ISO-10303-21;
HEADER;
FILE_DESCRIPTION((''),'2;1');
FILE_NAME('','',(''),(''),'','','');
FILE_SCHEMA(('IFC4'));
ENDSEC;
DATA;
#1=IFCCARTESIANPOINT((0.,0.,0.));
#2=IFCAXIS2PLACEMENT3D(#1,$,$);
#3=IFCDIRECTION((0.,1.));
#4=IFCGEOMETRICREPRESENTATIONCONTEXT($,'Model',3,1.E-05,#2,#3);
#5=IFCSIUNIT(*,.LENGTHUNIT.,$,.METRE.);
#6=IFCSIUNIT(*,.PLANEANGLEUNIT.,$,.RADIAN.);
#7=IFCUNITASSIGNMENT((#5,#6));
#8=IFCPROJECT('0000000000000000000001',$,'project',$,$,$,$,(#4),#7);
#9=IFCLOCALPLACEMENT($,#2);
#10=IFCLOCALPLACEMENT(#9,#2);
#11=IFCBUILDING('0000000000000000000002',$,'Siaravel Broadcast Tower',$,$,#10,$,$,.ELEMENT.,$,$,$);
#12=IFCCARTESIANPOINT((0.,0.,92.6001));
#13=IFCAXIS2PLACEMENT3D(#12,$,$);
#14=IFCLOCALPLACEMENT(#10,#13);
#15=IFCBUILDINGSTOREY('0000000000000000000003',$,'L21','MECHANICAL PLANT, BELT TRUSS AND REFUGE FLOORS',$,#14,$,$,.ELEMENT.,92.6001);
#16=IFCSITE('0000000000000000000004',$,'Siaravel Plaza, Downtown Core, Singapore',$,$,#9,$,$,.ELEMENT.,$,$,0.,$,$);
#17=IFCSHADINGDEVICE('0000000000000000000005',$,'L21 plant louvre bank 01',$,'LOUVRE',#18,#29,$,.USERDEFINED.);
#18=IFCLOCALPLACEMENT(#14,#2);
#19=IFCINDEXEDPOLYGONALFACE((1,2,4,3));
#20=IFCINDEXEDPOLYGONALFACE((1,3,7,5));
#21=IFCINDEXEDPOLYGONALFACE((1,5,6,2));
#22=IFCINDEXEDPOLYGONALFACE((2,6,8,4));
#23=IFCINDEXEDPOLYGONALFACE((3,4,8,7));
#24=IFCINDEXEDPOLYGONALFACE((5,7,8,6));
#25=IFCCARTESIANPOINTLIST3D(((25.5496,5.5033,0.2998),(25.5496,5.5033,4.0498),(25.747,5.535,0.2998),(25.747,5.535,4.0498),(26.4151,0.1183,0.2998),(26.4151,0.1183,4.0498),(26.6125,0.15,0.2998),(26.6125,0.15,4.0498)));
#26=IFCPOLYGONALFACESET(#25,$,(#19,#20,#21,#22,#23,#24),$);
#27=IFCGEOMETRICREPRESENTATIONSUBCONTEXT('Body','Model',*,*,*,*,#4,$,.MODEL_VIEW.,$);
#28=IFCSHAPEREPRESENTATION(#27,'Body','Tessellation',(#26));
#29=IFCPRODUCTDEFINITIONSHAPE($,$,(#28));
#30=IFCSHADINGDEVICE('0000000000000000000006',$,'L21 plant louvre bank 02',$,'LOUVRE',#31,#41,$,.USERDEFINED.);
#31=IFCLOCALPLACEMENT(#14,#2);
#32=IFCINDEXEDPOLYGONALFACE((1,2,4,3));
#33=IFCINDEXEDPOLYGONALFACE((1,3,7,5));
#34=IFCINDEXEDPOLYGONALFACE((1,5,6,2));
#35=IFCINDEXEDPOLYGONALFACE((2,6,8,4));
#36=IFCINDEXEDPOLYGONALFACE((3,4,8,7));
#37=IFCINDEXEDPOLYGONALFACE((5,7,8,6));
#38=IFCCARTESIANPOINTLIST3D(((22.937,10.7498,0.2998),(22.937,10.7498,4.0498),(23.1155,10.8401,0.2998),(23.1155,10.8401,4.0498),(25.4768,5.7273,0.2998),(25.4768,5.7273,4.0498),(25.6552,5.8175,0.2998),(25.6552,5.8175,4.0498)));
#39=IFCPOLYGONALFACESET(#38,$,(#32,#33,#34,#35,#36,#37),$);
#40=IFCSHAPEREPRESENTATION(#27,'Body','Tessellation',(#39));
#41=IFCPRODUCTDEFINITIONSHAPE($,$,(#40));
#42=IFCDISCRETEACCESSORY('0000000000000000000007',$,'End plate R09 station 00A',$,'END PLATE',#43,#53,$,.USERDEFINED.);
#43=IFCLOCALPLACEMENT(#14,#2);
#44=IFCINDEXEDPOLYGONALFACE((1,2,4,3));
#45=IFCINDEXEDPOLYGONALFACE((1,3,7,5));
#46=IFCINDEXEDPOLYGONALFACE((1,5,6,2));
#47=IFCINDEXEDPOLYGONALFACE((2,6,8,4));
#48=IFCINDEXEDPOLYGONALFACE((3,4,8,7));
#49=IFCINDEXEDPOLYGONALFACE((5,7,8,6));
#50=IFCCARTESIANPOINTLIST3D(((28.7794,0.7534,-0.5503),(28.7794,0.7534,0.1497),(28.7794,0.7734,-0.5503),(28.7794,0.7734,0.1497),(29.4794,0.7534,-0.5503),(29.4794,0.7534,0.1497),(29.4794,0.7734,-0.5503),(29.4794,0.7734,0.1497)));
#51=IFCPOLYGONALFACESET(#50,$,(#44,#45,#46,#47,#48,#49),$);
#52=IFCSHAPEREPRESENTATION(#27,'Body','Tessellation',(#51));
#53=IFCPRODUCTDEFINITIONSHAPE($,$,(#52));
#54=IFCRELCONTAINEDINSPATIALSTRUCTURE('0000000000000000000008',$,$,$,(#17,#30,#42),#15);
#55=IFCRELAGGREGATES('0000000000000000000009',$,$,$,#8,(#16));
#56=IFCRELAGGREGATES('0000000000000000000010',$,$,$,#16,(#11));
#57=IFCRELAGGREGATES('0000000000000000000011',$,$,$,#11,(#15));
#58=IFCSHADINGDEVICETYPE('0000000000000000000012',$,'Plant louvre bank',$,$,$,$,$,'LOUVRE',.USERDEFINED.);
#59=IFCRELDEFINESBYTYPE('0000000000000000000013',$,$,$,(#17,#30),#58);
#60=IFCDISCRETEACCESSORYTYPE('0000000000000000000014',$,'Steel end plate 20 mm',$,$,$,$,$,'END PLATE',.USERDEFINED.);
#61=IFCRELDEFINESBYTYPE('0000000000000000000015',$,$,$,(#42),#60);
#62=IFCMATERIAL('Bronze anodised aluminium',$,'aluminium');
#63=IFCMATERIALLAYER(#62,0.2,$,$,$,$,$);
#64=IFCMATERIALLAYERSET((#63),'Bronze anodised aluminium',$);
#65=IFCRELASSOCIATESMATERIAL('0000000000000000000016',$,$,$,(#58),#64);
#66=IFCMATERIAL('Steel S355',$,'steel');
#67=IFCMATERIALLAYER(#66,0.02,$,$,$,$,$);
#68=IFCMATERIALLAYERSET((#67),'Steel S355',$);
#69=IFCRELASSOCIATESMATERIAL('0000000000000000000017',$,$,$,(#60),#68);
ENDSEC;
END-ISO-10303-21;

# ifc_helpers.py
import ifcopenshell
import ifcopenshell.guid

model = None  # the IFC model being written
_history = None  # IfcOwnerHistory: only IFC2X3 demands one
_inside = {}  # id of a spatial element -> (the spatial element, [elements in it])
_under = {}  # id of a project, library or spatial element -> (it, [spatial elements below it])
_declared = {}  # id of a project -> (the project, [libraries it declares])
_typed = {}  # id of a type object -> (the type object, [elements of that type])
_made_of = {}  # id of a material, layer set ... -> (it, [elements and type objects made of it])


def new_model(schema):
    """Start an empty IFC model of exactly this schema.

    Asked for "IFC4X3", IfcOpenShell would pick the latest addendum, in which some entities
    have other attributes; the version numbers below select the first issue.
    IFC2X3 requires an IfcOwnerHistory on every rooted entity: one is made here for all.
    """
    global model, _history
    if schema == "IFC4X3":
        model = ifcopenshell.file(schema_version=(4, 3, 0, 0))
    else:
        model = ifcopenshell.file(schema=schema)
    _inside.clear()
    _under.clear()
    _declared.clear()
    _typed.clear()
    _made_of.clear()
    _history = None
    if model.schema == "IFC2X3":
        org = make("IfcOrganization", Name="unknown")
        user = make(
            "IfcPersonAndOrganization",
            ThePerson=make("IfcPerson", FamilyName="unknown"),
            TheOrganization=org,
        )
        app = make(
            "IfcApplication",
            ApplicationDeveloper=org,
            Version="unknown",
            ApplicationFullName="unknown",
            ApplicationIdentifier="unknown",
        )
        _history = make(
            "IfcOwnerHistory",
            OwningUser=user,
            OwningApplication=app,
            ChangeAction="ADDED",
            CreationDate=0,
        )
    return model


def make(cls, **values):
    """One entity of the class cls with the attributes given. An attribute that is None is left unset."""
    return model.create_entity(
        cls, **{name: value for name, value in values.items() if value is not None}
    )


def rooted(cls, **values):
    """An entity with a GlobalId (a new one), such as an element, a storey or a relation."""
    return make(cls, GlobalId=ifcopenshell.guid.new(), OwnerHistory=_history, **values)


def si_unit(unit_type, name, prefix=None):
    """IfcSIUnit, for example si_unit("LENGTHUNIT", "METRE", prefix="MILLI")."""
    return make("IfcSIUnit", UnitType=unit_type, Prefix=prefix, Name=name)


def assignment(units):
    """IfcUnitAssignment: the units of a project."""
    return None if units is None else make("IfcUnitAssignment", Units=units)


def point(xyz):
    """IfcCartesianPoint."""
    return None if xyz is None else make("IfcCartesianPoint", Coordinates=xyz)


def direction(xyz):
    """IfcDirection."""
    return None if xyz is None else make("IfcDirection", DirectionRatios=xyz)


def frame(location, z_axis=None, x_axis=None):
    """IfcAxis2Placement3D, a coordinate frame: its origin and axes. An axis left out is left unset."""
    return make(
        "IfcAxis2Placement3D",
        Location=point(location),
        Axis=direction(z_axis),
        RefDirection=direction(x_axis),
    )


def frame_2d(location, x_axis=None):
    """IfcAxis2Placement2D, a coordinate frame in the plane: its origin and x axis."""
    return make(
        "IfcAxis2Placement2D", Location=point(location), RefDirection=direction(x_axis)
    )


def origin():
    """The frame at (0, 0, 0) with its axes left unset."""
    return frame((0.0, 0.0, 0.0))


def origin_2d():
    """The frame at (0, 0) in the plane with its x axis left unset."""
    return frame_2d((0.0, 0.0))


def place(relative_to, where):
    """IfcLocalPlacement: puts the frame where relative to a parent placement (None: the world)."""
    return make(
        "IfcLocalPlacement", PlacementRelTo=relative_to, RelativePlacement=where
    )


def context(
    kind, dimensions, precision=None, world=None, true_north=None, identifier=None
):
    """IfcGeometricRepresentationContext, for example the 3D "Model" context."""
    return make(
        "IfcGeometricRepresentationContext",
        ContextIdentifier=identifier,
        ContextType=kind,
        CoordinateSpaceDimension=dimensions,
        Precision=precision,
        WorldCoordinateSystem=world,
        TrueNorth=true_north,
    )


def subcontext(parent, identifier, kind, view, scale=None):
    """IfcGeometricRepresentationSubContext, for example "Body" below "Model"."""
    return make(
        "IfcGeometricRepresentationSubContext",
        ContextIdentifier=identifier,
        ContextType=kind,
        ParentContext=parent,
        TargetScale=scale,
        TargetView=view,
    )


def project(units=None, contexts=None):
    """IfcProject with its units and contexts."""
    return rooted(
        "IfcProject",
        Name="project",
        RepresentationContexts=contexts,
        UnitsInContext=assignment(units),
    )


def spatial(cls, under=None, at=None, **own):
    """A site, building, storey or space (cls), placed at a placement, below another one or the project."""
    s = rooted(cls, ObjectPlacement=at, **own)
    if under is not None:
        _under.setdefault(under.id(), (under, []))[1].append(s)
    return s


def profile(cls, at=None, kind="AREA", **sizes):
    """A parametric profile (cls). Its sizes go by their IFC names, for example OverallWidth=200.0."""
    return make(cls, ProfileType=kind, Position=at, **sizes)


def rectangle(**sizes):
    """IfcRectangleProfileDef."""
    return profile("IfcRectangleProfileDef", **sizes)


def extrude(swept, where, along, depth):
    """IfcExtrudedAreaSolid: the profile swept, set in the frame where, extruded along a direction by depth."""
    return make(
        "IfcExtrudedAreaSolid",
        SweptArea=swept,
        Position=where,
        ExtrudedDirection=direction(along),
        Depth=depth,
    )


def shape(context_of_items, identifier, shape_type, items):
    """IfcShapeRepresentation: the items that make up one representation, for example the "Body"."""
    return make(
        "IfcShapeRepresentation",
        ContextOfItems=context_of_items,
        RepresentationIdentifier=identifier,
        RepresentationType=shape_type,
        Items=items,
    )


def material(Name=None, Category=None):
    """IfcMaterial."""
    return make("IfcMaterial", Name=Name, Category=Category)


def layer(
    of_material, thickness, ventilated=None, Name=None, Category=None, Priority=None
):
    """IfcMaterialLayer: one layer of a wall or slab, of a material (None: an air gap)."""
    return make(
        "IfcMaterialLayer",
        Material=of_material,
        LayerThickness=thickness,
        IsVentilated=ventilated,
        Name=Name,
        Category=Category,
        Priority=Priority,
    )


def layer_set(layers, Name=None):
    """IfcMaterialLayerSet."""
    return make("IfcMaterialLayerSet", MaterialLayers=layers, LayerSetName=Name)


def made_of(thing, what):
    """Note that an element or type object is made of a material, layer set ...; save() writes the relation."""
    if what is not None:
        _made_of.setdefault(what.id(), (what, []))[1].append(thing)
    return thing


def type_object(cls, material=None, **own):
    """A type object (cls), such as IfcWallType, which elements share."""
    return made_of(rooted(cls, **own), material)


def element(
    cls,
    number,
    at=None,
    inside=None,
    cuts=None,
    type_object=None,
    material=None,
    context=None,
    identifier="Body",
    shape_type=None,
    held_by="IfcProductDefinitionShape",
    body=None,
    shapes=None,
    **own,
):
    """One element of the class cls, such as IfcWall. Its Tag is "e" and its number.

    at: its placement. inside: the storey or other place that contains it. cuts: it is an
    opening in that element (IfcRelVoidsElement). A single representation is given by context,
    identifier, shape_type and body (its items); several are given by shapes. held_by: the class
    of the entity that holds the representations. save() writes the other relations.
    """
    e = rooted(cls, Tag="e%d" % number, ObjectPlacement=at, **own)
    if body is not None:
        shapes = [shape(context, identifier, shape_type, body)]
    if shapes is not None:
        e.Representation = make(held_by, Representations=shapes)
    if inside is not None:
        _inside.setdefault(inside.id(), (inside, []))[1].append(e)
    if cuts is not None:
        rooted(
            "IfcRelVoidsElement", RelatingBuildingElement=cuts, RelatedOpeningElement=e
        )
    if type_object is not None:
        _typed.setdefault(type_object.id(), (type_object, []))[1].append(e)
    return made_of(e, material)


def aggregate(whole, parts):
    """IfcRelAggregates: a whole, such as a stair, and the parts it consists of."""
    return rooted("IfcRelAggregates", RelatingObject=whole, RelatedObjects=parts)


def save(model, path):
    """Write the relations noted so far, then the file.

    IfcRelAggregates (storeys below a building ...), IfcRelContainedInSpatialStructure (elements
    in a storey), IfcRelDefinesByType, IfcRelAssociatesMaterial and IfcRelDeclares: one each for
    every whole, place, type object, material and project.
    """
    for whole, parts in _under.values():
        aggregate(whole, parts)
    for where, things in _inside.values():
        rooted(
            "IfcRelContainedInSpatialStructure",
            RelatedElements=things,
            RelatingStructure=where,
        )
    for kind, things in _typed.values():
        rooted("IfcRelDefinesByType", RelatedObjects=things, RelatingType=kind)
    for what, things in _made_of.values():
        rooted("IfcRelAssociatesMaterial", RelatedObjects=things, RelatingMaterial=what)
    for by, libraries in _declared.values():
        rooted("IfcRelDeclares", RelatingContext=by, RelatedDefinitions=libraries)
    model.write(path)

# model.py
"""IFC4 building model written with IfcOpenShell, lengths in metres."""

from ifc_helpers import new_model, si_unit, direction, frame, origin, origin_2d, place, context, subcontext, project, spatial, rectangle, extrude, material, layer, layer_set, type_object, element, save


model = new_model("IFC4")

# Units and contexts
model_context = context("Model", 3, precision=1e-05, world=origin(), true_north=direction((0.0, 1.0)))
body_context = subcontext(model_context, "Body", "Model", "MODEL_VIEW")
ifc_project = project(units=[si_unit("LENGTHUNIT", "METRE"), si_unit("PLANEANGLEUNIT", "RADIAN")], contexts=[model_context])

# Site, building, storey
site_placement = place(None, origin())
site = spatial("IfcSite", under=ifc_project, at=site_placement, Name="Siaravel Plaza, Downtown Core, Singapore", CompositionType="ELEMENT", RefElevation=0.0)
building_placement = place(site_placement, origin())
building = spatial("IfcBuilding", under=site, at=building_placement, Name="Siaravel Broadcast Tower", CompositionType="ELEMENT")
storey_placement = place(building_placement, frame((0.0, 0.0, 92.6001)))
storey = spatial("IfcBuildingStorey", under=building, at=storey_placement, Name="L21", Description="MECHANICAL PLANT, BELT TRUSS AND REFUGE FLOORS", CompositionType="ELEMENT", Elevation=92.6001)

# Shared definitions
ifc_material_1 = material(Name="Steel S355", Category="steel")

# Shading devices
ifc_material_2 = material(Name="Bronze anodised aluminium", Category="aluminium")
ifc_layer_1 = layer(ifc_material_2, 0.2)
ifc_layer_set_1 = layer_set([ifc_layer_1], Name="Bronze anodised aluminium")
shading_device_type = type_object("IfcShadingDeviceType", Name="Plant louvre bank", ElementType="LOUVRE", PredefinedType="USERDEFINED", material=ifc_layer_set_1)
shading_device_1_placement = place(storey_placement, frame((26.0811, 2.8267, 0.2998), z_axis=(0.0, 0.0, 1.0), x_axis=(-0.158685, 0.987329, 0.0)))
element("IfcShadingDevice", 1, at=shading_device_1_placement, inside=storey, type_object=shading_device_type, Name="L21 plant louvre bank 01", ObjectType="LOUVRE", PredefinedType="USERDEFINED", context=body_context, shape_type="SweptSolid", body=[
    extrude(rectangle(XDim=5.4541, YDim=0.2, at=origin_2d()), origin(), (0.0, 0.0, 1.0), 3.75),
])
shading_device_2_placement = place(storey_placement, frame((24.2961, 8.2837, 0.2998), z_axis=(0.0, 0.0, 1.0), x_axis=(-0.451261, 0.892392, 0.0)))
element("IfcShadingDevice", 2, at=shading_device_2_placement, inside=storey, type_object=shading_device_type, Name="L21 plant louvre bank 02", ObjectType="LOUVRE", PredefinedType="USERDEFINED", context=body_context, shape_type="SweptSolid", body=[
    extrude(rectangle(XDim=5.6282, YDim=0.2, at=origin_2d()), origin(), (0.0, 0.0, 1.0), 3.75),
])

# Discrete accessory
ifc_layer_2 = layer(ifc_material_1, 0.02)
ifc_layer_set_2 = layer_set([ifc_layer_2], Name="Steel S355")
discrete_accessory_type = type_object("IfcDiscreteAccessoryType", Name="Steel end plate 20 mm", ElementType="END PLATE", PredefinedType="USERDEFINED", material=ifc_layer_set_2)
discrete_accessory_placement = place(storey_placement, frame((29.1294, 0.7634, -0.5503), z_axis=(0.0, 0.0, 1.0), x_axis=(0.0, 1.0, 0.0)))
element("IfcDiscreteAccessory", 3, at=discrete_accessory_placement, inside=storey, type_object=discrete_accessory_type, Name="End plate R09 station 00A", ObjectType="END PLATE", PredefinedType="USERDEFINED", context=body_context, shape_type="SweptSolid", body=[
    extrude(rectangle(XDim=0.02, YDim=0.7, at=origin_2d()), origin(), (0.0, 0.0, 1.0), 0.7),
])

save(model, "model.ifc")
